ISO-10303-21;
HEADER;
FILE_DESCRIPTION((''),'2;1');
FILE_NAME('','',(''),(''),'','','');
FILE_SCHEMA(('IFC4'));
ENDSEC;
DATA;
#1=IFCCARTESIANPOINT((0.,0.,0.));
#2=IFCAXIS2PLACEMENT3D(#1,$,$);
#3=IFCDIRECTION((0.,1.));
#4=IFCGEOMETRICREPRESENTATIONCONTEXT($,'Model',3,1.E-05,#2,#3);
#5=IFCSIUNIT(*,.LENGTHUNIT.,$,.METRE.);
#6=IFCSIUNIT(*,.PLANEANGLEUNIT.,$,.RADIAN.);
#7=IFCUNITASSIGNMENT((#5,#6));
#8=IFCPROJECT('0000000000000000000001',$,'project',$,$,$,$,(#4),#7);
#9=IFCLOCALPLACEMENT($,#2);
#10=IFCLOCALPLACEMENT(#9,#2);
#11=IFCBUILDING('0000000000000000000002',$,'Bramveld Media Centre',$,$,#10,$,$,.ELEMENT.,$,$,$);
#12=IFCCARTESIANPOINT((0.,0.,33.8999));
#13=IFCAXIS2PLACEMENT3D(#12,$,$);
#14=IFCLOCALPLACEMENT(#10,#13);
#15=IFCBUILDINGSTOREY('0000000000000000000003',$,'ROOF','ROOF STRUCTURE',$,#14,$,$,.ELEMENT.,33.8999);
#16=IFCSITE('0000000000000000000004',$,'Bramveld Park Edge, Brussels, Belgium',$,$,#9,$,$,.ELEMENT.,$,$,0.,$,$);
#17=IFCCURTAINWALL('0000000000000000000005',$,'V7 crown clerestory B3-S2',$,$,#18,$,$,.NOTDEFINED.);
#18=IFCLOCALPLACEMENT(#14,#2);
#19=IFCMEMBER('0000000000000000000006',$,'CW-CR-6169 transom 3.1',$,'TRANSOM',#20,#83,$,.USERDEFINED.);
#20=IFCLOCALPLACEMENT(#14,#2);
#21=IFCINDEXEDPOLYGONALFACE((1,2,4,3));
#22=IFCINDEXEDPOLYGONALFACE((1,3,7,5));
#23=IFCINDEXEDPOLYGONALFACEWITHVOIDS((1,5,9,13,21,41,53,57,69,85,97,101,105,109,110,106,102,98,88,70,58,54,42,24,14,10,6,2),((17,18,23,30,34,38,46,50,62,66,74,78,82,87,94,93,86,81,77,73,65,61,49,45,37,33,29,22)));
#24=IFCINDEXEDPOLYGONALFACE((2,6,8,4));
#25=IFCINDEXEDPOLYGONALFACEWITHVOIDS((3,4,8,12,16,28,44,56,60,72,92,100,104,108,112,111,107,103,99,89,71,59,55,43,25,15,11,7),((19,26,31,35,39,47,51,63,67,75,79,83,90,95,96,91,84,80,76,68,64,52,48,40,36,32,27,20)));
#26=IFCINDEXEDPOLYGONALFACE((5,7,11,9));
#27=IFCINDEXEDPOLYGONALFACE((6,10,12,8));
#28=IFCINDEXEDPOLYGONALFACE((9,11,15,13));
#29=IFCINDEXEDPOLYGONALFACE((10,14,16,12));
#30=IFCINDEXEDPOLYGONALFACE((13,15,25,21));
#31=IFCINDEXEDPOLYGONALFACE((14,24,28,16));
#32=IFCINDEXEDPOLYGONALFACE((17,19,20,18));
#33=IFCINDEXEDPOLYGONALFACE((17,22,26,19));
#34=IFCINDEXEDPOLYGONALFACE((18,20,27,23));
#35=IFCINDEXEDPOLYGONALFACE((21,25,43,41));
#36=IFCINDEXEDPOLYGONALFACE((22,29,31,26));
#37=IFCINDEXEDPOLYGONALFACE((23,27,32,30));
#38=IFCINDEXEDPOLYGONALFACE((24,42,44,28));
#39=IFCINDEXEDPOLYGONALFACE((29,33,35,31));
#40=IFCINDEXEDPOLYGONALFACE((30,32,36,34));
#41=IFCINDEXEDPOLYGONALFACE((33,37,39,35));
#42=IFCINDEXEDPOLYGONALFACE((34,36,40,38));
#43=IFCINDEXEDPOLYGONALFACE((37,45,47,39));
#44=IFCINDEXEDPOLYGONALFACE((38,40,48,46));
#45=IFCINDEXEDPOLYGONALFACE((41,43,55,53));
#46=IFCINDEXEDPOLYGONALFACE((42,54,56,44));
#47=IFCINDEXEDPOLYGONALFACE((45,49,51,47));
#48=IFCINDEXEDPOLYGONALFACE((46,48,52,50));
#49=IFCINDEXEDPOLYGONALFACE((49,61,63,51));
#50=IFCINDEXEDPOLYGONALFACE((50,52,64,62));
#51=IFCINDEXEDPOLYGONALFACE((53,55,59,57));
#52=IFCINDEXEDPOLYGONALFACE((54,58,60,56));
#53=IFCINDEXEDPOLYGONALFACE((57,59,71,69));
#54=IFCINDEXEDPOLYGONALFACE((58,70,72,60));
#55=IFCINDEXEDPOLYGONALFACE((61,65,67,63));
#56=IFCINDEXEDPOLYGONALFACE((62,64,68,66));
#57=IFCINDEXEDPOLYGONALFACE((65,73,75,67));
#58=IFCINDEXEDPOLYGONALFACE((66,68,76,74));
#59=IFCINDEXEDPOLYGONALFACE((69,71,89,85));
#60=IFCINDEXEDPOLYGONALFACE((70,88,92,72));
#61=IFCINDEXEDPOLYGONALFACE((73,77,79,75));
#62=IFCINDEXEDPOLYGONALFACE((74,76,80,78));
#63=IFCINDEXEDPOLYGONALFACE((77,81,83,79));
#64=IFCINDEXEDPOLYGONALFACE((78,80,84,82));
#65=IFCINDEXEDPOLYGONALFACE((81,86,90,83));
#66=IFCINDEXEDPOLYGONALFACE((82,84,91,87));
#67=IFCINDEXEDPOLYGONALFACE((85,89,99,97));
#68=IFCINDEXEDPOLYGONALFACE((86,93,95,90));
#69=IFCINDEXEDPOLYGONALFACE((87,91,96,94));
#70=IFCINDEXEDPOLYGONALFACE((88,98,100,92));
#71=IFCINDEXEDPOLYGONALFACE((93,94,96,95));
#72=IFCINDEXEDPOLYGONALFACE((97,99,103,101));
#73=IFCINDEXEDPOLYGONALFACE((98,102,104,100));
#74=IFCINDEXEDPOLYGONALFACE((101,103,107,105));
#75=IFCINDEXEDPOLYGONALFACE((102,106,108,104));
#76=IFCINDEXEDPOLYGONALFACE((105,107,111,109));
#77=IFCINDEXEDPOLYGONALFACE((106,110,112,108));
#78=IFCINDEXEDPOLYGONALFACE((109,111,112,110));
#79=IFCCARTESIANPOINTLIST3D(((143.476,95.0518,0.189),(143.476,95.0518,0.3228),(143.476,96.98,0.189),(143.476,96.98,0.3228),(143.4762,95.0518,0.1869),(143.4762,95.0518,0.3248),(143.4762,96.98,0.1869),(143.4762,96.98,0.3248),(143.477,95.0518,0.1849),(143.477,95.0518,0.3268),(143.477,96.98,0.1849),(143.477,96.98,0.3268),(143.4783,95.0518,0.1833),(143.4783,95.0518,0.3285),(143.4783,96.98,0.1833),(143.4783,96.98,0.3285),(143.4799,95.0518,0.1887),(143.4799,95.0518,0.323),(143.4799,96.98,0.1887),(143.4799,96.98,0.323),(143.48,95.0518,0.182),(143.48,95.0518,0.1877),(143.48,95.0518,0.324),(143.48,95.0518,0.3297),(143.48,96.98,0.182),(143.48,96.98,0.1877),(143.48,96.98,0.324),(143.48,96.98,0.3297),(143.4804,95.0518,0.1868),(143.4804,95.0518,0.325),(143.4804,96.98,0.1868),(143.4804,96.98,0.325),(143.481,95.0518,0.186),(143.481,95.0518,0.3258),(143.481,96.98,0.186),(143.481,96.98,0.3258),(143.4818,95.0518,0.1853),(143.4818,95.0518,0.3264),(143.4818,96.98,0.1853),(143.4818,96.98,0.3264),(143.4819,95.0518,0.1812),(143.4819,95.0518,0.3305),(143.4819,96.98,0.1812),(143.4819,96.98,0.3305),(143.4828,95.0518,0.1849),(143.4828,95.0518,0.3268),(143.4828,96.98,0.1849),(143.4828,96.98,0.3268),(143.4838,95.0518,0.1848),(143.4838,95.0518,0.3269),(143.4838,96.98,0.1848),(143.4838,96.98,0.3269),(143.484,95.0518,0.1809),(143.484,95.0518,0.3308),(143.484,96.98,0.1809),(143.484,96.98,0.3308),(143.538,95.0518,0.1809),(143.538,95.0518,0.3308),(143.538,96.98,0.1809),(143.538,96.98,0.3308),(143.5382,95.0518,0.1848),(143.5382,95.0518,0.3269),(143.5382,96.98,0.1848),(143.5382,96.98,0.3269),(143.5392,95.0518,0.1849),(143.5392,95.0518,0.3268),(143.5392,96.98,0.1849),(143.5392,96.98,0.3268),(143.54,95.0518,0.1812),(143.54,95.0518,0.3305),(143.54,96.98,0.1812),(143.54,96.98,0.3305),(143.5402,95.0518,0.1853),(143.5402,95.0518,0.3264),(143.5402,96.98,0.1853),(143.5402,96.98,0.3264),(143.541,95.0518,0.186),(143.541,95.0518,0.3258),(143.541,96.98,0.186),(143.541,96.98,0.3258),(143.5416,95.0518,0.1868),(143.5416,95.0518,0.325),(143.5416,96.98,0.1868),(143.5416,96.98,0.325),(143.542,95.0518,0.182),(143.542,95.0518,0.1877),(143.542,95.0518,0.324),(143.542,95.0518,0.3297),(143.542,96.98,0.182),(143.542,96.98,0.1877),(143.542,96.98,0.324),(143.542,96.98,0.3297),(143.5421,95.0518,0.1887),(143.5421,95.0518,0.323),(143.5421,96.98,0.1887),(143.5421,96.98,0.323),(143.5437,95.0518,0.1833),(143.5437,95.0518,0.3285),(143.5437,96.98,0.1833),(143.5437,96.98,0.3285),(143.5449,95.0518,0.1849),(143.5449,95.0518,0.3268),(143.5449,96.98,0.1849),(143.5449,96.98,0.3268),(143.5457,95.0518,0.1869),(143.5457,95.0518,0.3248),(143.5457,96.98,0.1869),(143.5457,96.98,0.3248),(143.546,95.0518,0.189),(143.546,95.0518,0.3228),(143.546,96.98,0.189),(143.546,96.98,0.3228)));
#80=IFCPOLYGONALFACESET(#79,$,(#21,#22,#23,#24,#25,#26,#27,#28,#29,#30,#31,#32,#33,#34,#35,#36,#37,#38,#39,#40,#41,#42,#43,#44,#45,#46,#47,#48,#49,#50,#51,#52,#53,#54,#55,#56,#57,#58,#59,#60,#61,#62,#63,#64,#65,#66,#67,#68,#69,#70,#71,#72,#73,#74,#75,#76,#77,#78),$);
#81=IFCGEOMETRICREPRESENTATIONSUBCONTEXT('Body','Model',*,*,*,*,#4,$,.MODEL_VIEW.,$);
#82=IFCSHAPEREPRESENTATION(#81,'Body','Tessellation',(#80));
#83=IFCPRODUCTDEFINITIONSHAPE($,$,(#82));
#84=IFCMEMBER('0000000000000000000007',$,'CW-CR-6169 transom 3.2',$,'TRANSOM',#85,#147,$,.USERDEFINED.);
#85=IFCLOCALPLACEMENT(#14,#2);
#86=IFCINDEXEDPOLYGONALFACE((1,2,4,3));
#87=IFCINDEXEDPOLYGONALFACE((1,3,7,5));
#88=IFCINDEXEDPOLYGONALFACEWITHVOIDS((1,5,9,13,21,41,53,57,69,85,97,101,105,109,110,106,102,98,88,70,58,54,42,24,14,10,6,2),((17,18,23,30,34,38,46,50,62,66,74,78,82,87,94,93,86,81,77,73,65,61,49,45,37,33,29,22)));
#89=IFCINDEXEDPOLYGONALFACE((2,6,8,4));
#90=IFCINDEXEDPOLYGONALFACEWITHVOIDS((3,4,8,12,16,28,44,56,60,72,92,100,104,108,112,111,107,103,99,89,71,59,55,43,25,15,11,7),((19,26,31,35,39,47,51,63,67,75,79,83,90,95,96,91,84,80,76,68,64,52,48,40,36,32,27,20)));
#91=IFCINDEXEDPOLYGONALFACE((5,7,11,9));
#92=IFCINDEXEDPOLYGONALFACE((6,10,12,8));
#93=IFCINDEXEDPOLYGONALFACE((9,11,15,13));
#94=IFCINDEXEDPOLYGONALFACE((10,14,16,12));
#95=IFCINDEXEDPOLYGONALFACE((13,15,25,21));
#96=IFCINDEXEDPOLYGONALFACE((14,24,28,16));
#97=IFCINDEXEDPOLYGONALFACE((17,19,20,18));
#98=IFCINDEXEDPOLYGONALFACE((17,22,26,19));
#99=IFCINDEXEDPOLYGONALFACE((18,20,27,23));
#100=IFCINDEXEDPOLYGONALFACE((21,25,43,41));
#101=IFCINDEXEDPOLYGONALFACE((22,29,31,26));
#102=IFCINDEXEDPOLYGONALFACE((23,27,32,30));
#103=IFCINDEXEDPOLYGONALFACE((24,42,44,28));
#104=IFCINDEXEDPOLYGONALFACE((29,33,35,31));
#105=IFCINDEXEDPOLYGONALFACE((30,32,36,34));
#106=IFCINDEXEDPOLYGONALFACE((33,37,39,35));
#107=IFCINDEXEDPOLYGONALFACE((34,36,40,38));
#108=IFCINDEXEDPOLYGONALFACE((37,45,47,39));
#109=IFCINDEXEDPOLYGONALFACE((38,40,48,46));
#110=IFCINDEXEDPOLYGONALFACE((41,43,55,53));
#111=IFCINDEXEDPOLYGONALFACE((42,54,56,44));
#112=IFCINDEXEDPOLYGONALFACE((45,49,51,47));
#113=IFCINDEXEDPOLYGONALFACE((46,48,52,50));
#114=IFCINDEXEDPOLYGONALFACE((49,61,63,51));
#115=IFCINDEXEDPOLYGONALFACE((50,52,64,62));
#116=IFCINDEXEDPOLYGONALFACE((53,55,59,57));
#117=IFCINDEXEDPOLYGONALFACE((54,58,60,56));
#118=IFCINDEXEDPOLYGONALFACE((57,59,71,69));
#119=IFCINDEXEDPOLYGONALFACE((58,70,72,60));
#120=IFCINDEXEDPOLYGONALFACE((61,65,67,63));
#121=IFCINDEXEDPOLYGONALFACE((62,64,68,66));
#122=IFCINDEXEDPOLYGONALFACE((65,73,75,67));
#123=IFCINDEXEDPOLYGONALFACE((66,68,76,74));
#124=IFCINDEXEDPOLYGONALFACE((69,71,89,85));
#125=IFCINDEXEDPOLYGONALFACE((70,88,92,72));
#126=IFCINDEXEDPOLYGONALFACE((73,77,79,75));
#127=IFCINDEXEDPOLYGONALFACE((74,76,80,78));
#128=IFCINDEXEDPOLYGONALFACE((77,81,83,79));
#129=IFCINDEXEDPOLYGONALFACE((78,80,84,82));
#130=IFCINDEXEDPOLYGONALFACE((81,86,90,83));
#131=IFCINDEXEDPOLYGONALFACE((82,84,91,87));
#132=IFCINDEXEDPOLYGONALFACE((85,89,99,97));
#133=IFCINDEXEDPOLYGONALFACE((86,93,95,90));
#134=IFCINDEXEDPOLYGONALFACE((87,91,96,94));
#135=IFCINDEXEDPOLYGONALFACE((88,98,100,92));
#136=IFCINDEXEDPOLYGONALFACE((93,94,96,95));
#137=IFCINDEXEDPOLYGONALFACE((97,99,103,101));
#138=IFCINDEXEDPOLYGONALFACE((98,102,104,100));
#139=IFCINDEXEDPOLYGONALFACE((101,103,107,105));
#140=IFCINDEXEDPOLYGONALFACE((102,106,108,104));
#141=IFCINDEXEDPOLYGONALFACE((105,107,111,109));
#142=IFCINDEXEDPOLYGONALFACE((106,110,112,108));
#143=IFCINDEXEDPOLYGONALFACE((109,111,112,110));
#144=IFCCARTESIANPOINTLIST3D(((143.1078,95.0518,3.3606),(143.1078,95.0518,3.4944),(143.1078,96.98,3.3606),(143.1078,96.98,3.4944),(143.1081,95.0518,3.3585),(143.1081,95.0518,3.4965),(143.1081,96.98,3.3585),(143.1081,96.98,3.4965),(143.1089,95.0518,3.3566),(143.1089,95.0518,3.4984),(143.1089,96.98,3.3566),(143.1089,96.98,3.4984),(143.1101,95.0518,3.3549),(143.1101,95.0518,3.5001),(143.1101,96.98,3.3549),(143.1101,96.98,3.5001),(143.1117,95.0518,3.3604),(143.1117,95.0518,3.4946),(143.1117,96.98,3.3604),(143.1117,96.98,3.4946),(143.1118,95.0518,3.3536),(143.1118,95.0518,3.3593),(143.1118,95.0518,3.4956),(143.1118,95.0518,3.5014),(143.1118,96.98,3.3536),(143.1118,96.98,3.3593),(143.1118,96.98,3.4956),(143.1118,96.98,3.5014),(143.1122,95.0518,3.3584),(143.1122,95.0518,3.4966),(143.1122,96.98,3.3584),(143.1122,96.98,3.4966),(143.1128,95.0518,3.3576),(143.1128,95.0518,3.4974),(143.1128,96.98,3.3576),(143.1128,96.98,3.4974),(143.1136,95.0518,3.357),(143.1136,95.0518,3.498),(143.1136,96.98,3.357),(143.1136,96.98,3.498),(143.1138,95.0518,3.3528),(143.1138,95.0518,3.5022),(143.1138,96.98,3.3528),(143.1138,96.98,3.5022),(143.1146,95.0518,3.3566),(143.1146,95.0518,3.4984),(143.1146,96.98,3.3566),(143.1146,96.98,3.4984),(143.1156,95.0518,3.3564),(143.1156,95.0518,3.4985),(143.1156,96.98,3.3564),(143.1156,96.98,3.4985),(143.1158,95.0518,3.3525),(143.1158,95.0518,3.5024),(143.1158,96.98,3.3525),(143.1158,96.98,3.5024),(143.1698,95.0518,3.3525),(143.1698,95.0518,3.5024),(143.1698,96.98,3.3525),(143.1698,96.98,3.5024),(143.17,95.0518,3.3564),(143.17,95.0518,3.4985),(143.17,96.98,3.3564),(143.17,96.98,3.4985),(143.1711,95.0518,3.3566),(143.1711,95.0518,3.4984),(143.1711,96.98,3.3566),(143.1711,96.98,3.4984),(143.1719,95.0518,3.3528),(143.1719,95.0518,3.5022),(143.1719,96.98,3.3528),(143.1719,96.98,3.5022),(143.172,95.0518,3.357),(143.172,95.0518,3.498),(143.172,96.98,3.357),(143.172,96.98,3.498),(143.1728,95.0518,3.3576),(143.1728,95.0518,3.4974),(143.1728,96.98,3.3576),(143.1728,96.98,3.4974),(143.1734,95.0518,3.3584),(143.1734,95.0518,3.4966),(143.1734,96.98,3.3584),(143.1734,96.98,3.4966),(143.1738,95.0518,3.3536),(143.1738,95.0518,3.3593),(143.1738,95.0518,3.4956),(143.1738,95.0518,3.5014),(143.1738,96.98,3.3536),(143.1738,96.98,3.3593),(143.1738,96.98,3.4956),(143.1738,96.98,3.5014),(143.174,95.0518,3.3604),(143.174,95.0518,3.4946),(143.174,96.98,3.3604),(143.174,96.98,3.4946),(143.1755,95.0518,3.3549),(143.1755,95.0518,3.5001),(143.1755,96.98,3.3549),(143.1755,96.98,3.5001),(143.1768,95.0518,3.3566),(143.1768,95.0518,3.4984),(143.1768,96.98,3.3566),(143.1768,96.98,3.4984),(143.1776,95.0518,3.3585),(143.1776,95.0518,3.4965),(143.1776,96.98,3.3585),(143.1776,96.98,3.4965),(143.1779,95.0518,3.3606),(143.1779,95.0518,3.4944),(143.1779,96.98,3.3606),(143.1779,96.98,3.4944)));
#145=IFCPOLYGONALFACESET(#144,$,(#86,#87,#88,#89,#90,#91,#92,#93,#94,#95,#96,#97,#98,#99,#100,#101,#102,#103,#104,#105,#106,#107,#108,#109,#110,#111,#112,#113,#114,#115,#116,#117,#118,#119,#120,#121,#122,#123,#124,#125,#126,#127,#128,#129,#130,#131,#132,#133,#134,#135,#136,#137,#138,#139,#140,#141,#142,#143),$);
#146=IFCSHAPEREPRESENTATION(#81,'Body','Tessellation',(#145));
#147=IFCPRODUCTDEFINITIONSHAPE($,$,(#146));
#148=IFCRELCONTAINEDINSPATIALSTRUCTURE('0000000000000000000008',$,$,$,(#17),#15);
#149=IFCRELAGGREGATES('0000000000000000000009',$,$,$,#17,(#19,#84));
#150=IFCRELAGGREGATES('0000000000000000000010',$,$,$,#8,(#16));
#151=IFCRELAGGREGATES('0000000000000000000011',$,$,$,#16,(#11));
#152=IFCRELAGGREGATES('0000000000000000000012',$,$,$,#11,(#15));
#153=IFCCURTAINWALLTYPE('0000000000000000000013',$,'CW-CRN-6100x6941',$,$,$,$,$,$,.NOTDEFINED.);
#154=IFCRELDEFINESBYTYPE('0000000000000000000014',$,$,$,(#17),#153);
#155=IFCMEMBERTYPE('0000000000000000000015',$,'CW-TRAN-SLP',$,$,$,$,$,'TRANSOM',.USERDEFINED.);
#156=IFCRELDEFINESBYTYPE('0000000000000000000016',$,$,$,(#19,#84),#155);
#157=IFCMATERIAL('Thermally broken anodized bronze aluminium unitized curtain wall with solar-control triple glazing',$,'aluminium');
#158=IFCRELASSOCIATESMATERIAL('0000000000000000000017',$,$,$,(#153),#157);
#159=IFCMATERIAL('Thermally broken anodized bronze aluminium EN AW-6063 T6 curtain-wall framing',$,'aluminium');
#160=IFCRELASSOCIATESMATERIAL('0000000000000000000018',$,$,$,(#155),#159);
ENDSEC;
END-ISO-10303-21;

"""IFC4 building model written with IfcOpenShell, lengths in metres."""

from ifc_helpers import new_model, si_unit, direction, frame, origin, origin_2d, place, context, subcontext, project, spatial, hollow_rectangle, extrude, material, material_profile, profile_set, type_object, element, aggregate, save


model = new_model("IFC4")

# Units and contexts
model_context = context("Model", 3, precision=1e-05, world=origin(), true_north=direction((0.0, 1.0)))
body_context = subcontext(model_context, "Body", "Model", "MODEL_VIEW")
ifc_project = project(units=[si_unit("LENGTHUNIT", "METRE"), si_unit("PLANEANGLEUNIT", "RADIAN")], contexts=[model_context])

# Site, building, storey
site_placement = place(None, origin())
site = spatial("IfcSite", under=ifc_project, at=site_placement, Name="Bramveld Park Edge, Brussels, Belgium", CompositionType="ELEMENT", RefElevation=0.0)
building_placement = place(site_placement, origin())
building = spatial("IfcBuilding", under=site, at=building_placement, Name="Bramveld Media Centre", CompositionType="ELEMENT")
storey_placement = place(building_placement, frame((0.0, 0.0, 33.8999)))
storey = spatial("IfcBuildingStorey", under=building, at=storey_placement, Name="ROOF", Description="ROOF STRUCTURE", CompositionType="ELEMENT", Elevation=33.8999)

# Curtain wall
ifc_material_1 = material(Name="Thermally broken anodized bronze aluminium unitized curtain wall with solar-control triple glazing", Category="aluminium")
curtain_wall_type = type_object("IfcCurtainWallType", Name="CW-CRN-6100x6941", PredefinedType="NOTDEFINED", material=ifc_material_1)
curtain_wall_1_placement = place(storey_placement, origin())
curtain_wall_1 = element("IfcCurtainWall", 1, at=curtain_wall_1_placement, inside=storey, type_object=curtain_wall_type, Name="V7 crown clerestory B3-S2", PredefinedType="NOTDEFINED")

# Members
ifc_material_2 = material(Name="Thermally broken anodized bronze aluminium EN AW-6063 T6 curtain-wall framing", Category="aluminium")
ifc_material_profile_1 = material_profile(ifc_material_2, hollow_rectangle(XDim=0.0701, YDim=0.1499, WallThickness=0.0039, InnerFilletRadius=0.0039, OuterFilletRadius=0.0081, at=origin_2d()), Name="AL-TRAN 70x150")
ifc_profile_set_1 = profile_set([ifc_material_profile_1], Name="Thermally broken anodized bronze aluminium EN AW-6063 T6 curtain-wall framing")
member_type_1 = type_object("IfcMemberType", Name="CW-TRAN-SLP", ElementType="TRANSOM", PredefinedType="USERDEFINED", material=ifc_profile_set_1)
member_1_placement = place(storey_placement, frame((143.511, 95.0518, 0.2559), z_axis=(0.0, 1.0, 0.0), x_axis=(-1.0, 0.0, 0.0)))
member_1 = element("IfcMember", 2, at=member_1_placement, type_object=member_type_1, Name="CW-CR-6169 transom 3.1", ObjectType="TRANSOM", PredefinedType="USERDEFINED", context=body_context, shape_type="SweptSolid", body=[
    extrude(hollow_rectangle(XDim=0.0701, YDim=0.1499, WallThickness=0.0039, InnerFilletRadius=0.0039, OuterFilletRadius=0.0081, at=origin_2d()), origin(), (0.0, 0.0, 1.0), 1.9282),
])
member_2_placement = place(storey_placement, frame((143.1428, 95.0518, 3.4275), z_axis=(0.0, 1.0, 0.0), x_axis=(-1.0, 0.0, 0.0)))
member_2 = element("IfcMember", 3, at=member_2_placement, type_object=member_type_1, Name="CW-CR-6169 transom 3.2", ObjectType="TRANSOM", PredefinedType="USERDEFINED", context=body_context, shape_type="SweptSolid", body=[
    extrude(hollow_rectangle(XDim=0.0701, YDim=0.1499, WallThickness=0.0039, InnerFilletRadius=0.0039, OuterFilletRadius=0.0081, at=origin_2d()), origin(), (0.0, 0.0, 1.0), 1.9282),
])

aggregate(curtain_wall_1, [member_1, member_2])

save(model, "model.ifc")
